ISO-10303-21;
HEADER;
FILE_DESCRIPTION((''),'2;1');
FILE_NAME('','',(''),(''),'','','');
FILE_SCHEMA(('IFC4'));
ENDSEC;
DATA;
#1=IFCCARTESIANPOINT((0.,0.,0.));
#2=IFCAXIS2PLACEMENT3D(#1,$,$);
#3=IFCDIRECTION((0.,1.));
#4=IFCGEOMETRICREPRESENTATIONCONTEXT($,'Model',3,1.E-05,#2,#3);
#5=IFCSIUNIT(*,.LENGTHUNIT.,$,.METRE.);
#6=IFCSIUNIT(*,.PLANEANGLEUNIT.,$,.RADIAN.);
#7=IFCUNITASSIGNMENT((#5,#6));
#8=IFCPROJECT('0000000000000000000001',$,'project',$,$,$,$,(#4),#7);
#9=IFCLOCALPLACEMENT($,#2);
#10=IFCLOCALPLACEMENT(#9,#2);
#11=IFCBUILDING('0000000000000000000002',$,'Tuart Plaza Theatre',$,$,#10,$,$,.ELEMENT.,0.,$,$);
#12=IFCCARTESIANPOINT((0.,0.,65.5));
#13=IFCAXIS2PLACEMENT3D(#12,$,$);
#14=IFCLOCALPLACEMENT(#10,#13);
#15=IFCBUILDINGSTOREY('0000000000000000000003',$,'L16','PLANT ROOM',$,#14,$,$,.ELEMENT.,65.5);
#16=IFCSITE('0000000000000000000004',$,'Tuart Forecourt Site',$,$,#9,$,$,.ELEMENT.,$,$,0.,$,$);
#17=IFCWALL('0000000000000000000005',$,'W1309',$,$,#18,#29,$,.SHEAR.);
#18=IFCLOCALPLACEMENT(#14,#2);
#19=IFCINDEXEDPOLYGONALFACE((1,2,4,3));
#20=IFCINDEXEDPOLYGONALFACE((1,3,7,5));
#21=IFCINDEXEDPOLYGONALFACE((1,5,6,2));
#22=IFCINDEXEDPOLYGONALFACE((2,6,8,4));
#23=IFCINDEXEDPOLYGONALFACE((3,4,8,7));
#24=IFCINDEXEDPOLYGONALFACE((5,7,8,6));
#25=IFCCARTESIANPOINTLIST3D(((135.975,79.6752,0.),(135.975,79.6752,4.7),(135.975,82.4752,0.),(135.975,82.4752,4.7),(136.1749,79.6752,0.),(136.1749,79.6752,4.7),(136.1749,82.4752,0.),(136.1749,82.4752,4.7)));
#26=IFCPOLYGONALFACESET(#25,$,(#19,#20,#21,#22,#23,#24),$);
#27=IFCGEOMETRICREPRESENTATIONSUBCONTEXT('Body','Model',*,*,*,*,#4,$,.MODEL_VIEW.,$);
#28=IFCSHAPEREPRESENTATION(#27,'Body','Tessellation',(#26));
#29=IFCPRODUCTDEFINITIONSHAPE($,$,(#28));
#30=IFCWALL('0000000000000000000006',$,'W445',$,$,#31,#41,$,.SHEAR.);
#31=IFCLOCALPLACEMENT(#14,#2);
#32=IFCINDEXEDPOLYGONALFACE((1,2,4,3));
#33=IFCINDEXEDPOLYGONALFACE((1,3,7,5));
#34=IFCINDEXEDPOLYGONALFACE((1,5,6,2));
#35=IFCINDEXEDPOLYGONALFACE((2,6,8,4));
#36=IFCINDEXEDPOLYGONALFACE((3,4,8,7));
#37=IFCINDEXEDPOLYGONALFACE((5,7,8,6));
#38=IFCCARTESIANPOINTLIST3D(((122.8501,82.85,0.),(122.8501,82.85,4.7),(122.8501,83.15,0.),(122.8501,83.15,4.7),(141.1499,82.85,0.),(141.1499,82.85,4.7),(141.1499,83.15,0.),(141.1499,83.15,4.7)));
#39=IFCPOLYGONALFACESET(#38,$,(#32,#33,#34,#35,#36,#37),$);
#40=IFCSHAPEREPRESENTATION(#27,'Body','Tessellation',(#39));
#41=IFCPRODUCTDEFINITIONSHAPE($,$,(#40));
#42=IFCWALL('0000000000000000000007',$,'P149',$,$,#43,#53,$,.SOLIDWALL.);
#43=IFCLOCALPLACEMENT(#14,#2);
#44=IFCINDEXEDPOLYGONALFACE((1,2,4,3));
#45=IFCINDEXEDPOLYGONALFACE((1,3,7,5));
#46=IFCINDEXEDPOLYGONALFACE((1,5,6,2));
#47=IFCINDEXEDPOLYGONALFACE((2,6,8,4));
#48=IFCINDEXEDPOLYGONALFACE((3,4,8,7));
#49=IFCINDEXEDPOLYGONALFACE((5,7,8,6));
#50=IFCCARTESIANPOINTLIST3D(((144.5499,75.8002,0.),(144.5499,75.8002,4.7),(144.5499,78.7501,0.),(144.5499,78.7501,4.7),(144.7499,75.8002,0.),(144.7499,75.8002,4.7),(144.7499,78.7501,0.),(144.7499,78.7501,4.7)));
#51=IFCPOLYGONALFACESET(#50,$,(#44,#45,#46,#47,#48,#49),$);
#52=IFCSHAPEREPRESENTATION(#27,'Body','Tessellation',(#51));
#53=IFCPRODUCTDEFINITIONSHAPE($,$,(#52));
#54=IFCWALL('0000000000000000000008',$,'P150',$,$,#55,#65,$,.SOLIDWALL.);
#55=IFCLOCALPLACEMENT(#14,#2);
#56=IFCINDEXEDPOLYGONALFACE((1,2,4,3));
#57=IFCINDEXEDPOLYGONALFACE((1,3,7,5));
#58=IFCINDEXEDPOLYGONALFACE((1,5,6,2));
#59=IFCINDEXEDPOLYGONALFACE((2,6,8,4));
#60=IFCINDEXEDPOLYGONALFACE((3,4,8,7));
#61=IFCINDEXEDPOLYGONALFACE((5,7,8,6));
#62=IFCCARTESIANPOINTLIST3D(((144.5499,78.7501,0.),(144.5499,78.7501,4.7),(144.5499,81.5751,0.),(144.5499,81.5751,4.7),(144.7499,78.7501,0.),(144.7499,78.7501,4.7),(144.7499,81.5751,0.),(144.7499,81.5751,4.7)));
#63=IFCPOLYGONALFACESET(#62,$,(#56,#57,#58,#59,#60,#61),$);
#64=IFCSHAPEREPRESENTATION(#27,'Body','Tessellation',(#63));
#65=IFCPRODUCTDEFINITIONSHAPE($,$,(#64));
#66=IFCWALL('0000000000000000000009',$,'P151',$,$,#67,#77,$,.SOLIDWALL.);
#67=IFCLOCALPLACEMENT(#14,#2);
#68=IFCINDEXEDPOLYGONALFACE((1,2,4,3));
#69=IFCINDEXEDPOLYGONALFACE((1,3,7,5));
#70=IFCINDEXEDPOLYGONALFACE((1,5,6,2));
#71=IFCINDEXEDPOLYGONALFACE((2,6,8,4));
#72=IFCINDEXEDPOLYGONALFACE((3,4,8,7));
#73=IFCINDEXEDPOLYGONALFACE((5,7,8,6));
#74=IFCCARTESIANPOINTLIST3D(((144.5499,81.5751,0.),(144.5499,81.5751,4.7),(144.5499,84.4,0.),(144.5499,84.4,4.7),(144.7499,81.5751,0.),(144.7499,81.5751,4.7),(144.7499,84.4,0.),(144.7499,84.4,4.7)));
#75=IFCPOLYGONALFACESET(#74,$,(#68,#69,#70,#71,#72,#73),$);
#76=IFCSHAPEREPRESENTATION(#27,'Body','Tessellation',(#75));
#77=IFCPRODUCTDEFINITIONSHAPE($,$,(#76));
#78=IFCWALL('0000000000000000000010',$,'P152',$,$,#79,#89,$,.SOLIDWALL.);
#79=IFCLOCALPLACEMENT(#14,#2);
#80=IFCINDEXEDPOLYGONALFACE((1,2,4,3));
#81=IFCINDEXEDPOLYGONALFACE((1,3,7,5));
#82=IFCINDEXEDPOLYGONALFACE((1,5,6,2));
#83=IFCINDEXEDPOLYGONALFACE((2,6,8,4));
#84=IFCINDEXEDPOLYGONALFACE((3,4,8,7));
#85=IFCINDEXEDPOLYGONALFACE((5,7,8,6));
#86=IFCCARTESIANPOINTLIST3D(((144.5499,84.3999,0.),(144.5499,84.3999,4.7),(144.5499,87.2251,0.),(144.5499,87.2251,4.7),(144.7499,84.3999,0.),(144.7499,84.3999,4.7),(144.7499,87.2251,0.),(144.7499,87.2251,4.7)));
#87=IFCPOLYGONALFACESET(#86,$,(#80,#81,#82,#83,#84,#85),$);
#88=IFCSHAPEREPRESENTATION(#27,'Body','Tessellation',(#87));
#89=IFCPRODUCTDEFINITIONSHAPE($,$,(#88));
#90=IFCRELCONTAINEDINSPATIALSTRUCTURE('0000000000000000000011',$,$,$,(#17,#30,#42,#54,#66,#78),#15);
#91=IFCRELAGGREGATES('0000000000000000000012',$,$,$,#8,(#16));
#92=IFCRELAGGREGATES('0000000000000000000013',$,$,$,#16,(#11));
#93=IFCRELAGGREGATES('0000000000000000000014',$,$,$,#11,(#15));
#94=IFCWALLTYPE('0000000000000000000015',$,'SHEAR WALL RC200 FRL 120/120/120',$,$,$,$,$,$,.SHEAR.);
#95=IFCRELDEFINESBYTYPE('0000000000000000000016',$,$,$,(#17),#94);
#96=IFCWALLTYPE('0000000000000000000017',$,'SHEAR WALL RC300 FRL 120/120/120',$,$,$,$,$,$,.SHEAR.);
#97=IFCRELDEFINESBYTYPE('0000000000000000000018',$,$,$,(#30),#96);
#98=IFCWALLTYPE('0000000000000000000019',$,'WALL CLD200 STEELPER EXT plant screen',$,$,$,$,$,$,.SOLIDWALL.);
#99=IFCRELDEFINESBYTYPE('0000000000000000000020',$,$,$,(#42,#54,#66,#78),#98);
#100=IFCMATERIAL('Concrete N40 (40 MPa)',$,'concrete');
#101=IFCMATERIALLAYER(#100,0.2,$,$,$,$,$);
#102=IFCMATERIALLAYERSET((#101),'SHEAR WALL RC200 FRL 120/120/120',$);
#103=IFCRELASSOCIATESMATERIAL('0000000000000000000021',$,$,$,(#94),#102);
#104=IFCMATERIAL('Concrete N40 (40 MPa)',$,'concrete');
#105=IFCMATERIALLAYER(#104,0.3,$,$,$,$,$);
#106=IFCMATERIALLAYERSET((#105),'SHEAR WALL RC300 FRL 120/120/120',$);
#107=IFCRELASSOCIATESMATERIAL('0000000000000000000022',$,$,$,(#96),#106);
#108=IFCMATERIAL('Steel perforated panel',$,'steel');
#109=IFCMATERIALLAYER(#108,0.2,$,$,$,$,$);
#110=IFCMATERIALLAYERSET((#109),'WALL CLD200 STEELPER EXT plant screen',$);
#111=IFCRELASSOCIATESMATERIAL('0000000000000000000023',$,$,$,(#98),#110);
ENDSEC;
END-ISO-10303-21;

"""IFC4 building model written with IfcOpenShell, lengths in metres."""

from ifc_helpers import new_model, si_unit, direction, frame, frame_2d, origin, place, context, subcontext, project, spatial, rectangle, extrude, material, layer, layer_set, type_object, element, save


model = new_model("IFC4")

# Units and contexts
model_context = context("Model", 3, precision=1e-05, world=origin(), true_north=direction((0.0, 1.0)))
body_context = subcontext(model_context, "Body", "Model", "MODEL_VIEW")
ifc_project = project(units=[si_unit("LENGTHUNIT", "METRE"), si_unit("PLANEANGLEUNIT", "RADIAN")], contexts=[model_context])

# Site, building, storey
site_placement = place(None, origin())
site = spatial("IfcSite", under=ifc_project, at=site_placement, Name="Tuart Forecourt Site", CompositionType="ELEMENT", RefElevation=0.0)
building_placement = place(site_placement, origin())
building = spatial("IfcBuilding", under=site, at=building_placement, Name="Tuart Plaza Theatre", CompositionType="ELEMENT", ElevationOfRefHeight=0.0)
storey_placement = place(building_placement, frame((0.0, 0.0, 65.5)))
storey = spatial("IfcBuildingStorey", under=building, at=storey_placement, Name="L16", Description="PLANT ROOM", CompositionType="ELEMENT", Elevation=65.5)

# Shared definitions
ifc_material_1 = material(Name="Concrete N40 (40 MPa)", Category="concrete")
ifc_layer_1 = layer(ifc_material_1, 0.2)
ifc_layer_set_1 = layer_set([ifc_layer_1], Name="SHEAR WALL RC200 FRL 120/120/120")
wall_type_1 = type_object("IfcWallType", Name="SHEAR WALL RC200 FRL 120/120/120", PredefinedType="SHEAR", material=ifc_layer_set_1)

# Walls
wall_1_placement = place(storey_placement, frame((136.075, 82.4751, 0.0), z_axis=(0.0, 0.0, 1.0), x_axis=(0.0, -1.0, 0.0)))
element("IfcWall", 1, at=wall_1_placement, inside=storey, type_object=wall_type_1, Name="W1309", PredefinedType="SHEAR", context=body_context, shape_type="SweptSolid", body=[
    extrude(rectangle(XDim=2.8, YDim=0.2, at=frame_2d((1.3999, 0.0))), origin(), (0.0, 0.0, 1.0), 4.7),
])
ifc_material_2 = material(Name="Concrete N40 (40 MPa)", Category="concrete")
ifc_layer_2 = layer(ifc_material_2, 0.3)
ifc_layer_set_2 = layer_set([ifc_layer_2], Name="SHEAR WALL RC300 FRL 120/120/120")
wall_type_2 = type_object("IfcWallType", Name="SHEAR WALL RC300 FRL 120/120/120", PredefinedType="SHEAR", material=ifc_layer_set_2)
wall_2_placement = place(storey_placement, frame((141.1499, 83.0, 0.0), z_axis=(0.0, 0.0, 1.0), x_axis=(-1.0, 0.0, 0.0)))
element("IfcWall", 2, at=wall_2_placement, inside=storey, type_object=wall_type_2, Name="W445", PredefinedType="SHEAR", context=body_context, shape_type="SweptSolid", body=[
    extrude(rectangle(XDim=18.2998, YDim=0.3, at=frame_2d((9.1499, 0.0))), origin(), (0.0, 0.0, 1.0), 4.7),
])
ifc_material_3 = material(Name="Steel perforated panel", Category="steel")
ifc_layer_3 = layer(ifc_material_3, 0.2)
ifc_layer_set_3 = layer_set([ifc_layer_3], Name="WALL CLD200 STEELPER EXT plant screen")
wall_type_3 = type_object("IfcWallType", Name="WALL CLD200 STEELPER EXT plant screen", PredefinedType="SOLIDWALL", material=ifc_layer_set_3)
wall_3_placement = place(storey_placement, frame((144.6499, 75.8, 0.0), z_axis=(0.0, 0.0, 1.0), x_axis=(0.0, 1.0, 0.0)))
element("IfcWall", 3, at=wall_3_placement, inside=storey, type_object=wall_type_3, Name="P149", PredefinedType="SOLIDWALL", context=body_context, shape_type="SweptSolid", body=[
    extrude(rectangle(XDim=2.95, YDim=0.2, at=frame_2d((1.4751, 0.0))), origin(), (0.0, 0.0, 1.0), 4.7),
])
for number, where, z_axis, x_axis, name in (
    (4, (144.6499, 78.75, 0.0), (0.0, 0.0, 1.0), (0.0, 1.0, 0.0), "P150"),
    (5, (144.6499, 81.575, 0.0), (0.0, 0.0, 1.0), (0.0, 1.0, 0.0), "P151"),
):
    element("IfcWall", number, at=place(storey_placement, frame(where, z_axis=z_axis, x_axis=x_axis)), inside=storey, type_object=wall_type_3, Name=name, PredefinedType="SOLIDWALL", context=body_context, shape_type="SweptSolid", body=[
        extrude(rectangle(XDim=2.825, YDim=0.2, at=frame_2d((1.4126, 0.0))), origin(), (0.0, 0.0, 1.0), 4.7),
    ])
wall_4_placement = place(storey_placement, frame((144.6499, 84.3999, 0.0), z_axis=(0.0, 0.0, 1.0), x_axis=(0.0, 1.0, 0.0)))
element("IfcWall", 6, at=wall_4_placement, inside=storey, type_object=wall_type_3, Name="P152", PredefinedType="SOLIDWALL", context=body_context, shape_type="SweptSolid", body=[
    extrude(rectangle(XDim=2.8252, YDim=0.2, at=frame_2d((1.4126, 0.0))), origin(), (0.0, 0.0, 1.0), 4.7),
])

save(model, "model.ifc")
